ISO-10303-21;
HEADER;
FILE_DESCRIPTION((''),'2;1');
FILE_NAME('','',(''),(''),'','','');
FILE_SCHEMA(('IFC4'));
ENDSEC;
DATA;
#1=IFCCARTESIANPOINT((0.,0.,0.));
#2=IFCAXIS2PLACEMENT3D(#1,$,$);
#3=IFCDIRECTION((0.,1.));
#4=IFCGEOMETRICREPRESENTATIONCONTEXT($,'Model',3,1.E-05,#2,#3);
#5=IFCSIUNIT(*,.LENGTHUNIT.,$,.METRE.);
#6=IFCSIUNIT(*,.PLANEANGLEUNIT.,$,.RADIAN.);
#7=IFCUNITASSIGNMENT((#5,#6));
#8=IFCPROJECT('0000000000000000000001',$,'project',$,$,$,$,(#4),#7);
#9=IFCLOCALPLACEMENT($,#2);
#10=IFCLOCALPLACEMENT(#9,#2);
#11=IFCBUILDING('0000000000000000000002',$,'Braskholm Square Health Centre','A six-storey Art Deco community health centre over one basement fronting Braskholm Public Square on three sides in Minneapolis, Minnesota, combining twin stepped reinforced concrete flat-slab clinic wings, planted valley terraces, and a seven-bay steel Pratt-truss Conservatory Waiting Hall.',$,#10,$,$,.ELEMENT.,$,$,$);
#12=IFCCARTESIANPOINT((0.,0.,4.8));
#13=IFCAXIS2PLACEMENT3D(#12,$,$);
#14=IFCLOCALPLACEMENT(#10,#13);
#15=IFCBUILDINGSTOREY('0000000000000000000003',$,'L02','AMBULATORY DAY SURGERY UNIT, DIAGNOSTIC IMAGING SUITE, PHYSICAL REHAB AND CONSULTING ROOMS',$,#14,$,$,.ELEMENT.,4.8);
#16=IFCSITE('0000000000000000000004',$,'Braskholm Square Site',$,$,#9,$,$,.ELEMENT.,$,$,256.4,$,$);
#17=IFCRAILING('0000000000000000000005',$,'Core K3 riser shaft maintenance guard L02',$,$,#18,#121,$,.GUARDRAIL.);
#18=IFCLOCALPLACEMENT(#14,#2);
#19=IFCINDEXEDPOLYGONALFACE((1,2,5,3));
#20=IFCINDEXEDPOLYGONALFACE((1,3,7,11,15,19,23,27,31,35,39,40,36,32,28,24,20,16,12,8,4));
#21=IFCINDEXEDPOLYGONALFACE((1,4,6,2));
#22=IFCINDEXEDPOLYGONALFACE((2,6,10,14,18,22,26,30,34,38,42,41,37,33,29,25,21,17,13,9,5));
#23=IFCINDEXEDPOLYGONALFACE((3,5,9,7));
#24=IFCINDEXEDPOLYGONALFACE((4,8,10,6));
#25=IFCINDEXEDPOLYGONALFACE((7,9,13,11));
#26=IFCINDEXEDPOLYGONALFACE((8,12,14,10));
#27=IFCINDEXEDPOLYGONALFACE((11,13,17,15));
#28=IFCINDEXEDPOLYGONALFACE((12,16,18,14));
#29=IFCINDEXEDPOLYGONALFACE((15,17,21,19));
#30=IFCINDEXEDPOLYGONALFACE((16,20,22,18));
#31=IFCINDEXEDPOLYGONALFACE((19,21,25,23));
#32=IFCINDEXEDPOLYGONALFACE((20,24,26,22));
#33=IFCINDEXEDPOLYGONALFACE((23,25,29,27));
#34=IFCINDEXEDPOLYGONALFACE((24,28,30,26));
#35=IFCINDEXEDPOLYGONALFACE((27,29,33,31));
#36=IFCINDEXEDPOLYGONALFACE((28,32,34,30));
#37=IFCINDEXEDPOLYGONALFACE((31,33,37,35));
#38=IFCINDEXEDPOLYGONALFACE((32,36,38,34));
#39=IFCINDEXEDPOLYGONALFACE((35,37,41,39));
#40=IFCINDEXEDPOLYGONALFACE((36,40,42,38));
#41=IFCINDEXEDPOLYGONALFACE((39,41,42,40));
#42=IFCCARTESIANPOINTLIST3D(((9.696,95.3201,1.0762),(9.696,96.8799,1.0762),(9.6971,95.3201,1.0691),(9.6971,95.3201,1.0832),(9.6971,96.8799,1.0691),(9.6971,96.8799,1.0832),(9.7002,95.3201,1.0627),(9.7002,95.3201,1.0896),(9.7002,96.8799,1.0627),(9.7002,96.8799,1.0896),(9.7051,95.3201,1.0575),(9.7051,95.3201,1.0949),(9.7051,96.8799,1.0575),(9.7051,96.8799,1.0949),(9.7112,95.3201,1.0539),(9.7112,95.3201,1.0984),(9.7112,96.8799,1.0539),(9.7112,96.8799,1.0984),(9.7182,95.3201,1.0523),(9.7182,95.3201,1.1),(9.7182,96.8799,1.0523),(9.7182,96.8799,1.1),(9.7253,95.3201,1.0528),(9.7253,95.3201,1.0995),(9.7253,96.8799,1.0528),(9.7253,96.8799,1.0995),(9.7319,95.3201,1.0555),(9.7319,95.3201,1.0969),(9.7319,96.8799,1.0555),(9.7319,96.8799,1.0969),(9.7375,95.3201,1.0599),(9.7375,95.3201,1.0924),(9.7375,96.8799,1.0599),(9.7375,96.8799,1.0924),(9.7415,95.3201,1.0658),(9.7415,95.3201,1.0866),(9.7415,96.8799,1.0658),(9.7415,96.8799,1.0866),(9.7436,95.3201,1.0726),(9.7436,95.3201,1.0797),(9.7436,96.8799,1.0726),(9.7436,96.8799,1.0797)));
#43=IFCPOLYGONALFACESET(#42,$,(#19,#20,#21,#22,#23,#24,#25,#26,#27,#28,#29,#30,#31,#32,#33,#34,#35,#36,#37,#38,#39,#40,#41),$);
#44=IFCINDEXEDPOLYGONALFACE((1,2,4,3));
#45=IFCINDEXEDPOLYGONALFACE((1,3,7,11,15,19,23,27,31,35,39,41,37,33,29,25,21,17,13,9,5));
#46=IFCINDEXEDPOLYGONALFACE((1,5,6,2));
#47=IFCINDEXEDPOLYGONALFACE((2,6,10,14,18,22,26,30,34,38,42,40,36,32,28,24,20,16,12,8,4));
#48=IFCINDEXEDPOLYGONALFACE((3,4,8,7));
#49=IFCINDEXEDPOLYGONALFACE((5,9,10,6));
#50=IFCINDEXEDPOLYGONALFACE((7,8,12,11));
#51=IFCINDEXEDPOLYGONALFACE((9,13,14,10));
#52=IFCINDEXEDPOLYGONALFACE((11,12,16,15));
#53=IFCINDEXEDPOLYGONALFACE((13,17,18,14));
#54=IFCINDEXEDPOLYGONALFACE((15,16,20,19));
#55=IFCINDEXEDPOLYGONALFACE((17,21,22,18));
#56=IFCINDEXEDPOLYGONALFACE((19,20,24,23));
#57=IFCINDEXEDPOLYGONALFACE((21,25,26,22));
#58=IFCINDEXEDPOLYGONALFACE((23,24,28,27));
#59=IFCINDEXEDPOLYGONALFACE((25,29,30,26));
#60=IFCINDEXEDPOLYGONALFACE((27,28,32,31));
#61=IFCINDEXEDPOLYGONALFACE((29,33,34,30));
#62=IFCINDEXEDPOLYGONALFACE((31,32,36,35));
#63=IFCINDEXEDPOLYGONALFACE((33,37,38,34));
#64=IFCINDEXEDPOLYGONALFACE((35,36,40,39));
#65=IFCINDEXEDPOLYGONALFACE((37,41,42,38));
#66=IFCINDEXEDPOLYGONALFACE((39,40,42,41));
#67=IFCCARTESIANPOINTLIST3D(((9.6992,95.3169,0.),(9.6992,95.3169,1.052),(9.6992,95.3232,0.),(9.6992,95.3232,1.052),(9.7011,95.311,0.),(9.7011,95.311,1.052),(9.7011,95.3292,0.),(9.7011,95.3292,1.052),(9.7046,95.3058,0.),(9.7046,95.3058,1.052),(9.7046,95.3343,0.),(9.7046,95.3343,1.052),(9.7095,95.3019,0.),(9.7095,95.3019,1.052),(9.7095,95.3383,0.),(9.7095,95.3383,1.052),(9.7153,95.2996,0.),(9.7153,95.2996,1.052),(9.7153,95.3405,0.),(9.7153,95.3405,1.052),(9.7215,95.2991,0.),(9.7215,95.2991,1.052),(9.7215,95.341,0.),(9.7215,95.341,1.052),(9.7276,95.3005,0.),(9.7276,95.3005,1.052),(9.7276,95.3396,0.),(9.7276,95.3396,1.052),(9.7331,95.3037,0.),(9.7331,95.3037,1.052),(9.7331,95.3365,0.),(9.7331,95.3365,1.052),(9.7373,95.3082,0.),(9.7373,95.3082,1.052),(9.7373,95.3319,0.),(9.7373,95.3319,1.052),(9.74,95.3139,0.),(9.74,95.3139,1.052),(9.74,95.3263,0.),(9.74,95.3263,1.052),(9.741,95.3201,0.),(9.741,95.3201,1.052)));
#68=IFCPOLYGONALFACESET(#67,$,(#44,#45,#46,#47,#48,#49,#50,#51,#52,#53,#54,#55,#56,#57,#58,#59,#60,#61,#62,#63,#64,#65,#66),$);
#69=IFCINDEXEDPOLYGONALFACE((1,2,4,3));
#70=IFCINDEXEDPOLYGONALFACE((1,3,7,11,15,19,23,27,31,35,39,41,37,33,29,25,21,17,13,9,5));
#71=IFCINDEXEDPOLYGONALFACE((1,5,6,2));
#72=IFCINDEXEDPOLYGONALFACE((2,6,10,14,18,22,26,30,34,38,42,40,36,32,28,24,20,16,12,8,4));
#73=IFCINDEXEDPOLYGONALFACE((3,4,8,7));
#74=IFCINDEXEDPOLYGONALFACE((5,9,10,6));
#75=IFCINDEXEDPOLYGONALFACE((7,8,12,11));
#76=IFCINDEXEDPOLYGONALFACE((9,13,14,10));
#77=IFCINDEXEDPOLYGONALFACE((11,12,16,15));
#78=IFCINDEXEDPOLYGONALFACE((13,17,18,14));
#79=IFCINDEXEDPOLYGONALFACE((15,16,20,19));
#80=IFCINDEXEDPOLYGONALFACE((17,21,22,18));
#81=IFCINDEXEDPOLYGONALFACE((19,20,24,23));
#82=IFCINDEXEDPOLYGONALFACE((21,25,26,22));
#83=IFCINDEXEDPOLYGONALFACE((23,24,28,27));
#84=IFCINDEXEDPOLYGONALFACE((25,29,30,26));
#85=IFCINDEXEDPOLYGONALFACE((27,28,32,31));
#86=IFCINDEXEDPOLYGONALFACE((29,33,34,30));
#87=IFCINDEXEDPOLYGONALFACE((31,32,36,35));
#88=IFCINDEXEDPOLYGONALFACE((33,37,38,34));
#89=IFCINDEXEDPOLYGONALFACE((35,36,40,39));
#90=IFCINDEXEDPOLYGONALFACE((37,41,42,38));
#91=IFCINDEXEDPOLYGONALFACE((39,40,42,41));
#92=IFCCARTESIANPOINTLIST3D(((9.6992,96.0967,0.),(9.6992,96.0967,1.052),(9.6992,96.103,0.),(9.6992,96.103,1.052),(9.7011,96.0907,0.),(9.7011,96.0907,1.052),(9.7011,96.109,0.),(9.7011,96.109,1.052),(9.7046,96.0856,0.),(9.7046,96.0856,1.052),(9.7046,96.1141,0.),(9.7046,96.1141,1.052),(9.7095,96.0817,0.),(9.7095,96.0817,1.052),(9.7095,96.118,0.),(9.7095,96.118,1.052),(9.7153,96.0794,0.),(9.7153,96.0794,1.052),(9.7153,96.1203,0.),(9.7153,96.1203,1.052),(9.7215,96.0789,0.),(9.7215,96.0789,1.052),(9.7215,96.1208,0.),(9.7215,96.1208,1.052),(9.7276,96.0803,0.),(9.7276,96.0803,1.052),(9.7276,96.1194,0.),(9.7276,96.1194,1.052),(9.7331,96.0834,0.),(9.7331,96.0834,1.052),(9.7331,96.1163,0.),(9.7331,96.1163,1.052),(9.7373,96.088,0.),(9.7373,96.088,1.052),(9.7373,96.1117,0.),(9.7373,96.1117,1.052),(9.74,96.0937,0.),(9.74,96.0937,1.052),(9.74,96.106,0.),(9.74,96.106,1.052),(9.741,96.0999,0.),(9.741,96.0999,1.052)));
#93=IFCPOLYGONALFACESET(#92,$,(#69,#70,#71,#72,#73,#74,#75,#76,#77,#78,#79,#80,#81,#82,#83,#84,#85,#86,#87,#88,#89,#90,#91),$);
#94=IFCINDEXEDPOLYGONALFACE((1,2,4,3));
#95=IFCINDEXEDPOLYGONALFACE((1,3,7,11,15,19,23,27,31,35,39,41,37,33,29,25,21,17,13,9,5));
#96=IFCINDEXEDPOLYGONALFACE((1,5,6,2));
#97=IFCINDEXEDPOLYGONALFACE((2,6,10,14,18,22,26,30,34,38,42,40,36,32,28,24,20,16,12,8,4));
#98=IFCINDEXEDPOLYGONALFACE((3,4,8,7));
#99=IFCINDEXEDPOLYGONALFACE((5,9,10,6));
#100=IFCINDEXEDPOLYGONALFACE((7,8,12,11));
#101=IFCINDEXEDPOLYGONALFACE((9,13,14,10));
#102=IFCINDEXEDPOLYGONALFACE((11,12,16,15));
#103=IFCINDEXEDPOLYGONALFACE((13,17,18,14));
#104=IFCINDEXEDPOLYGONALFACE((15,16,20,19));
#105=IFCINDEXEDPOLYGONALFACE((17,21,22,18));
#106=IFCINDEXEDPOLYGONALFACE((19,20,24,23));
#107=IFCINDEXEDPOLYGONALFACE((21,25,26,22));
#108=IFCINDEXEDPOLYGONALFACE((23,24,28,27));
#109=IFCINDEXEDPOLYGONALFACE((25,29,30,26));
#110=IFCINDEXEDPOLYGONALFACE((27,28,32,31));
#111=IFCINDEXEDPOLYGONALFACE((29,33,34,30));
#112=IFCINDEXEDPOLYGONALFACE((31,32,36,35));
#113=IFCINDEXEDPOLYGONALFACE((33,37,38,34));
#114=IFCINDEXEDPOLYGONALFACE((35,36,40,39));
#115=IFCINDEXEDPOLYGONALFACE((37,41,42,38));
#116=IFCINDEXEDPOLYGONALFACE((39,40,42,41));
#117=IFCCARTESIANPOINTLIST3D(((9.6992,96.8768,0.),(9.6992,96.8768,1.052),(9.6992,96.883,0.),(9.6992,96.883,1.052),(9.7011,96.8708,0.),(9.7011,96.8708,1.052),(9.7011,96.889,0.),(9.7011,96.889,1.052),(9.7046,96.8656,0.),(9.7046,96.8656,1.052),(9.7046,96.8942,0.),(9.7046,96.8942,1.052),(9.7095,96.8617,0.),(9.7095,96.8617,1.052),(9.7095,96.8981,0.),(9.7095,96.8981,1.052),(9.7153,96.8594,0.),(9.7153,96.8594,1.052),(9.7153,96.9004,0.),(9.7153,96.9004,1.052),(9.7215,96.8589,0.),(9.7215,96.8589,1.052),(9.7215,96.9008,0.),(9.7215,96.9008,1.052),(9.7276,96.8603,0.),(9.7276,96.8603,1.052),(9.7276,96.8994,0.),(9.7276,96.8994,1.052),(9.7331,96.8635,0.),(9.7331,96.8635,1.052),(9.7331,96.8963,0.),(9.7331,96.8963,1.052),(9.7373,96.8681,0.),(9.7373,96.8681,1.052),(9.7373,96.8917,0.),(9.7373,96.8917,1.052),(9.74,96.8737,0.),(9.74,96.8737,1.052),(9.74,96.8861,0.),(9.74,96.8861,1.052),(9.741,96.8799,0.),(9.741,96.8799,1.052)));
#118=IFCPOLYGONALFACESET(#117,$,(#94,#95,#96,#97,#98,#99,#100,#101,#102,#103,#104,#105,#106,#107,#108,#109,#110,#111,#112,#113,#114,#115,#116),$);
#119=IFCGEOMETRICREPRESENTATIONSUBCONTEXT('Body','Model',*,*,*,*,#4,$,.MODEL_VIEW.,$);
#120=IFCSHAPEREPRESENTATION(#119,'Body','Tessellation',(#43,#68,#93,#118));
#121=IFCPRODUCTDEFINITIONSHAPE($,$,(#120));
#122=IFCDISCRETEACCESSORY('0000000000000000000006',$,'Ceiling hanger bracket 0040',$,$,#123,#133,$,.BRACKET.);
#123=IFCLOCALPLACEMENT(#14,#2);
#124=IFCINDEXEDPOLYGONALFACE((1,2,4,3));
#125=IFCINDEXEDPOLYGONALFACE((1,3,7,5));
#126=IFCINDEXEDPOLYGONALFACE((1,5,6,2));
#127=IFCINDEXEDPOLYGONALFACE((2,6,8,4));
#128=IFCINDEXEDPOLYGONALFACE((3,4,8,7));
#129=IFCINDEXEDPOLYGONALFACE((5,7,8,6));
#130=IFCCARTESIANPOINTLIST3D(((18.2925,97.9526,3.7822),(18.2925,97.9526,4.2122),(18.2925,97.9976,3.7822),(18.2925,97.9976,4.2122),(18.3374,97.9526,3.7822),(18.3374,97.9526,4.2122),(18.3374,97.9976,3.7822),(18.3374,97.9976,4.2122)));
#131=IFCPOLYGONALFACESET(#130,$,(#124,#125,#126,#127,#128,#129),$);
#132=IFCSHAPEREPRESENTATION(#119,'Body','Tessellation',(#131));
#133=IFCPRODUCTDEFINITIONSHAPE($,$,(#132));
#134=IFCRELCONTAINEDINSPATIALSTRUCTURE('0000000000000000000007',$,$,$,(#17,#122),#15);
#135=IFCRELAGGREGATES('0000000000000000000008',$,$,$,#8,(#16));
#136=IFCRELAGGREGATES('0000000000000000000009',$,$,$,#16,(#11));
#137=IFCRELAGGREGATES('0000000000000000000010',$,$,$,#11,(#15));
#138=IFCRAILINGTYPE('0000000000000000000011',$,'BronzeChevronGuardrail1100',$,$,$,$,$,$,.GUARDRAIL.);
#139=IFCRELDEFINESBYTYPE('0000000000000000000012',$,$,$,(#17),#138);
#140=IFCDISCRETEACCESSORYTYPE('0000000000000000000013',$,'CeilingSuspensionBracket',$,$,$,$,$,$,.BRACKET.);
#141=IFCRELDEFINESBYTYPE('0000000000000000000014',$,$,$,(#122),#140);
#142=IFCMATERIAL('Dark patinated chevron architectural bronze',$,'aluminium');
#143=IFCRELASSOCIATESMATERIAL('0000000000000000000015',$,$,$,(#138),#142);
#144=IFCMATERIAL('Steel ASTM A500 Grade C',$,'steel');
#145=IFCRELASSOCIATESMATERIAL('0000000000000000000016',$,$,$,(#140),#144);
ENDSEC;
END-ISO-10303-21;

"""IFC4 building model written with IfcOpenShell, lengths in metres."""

from ifc_helpers import new_model, si_unit, direction, frame, origin, origin_2d, place, context, subcontext, project, spatial, rectangle, circle, extrude, material, type_object, element, save


model = new_model("IFC4")

# Units and contexts
model_context = context("Model", 3, precision=1e-05, world=origin(), true_north=direction((0.0, 1.0)))
body_context = subcontext(model_context, "Body", "Model", "MODEL_VIEW")
ifc_project = project(units=[si_unit("LENGTHUNIT", "METRE"), si_unit("PLANEANGLEUNIT", "RADIAN")], contexts=[model_context])

# Site, building, storey
site_placement = place(None, origin())
site = spatial("IfcSite", under=ifc_project, at=site_placement, Name="Braskholm Square Site", CompositionType="ELEMENT", RefElevation=256.4)
building_placement = place(site_placement, origin())
building = spatial("IfcBuilding", under=site, at=building_placement, Name="Braskholm Square Health Centre", Description="A six-storey Art Deco community health centre over one basement fronting Braskholm Public Square on three sides in Minneapolis, Minnesota, combining twin stepped reinforced concrete flat-slab clinic wings, planted valley terraces, and a seven-bay steel Pratt-truss Conservatory Waiting Hall.", CompositionType="ELEMENT")
storey_placement = place(building_placement, frame((0.0, 0.0, 4.8)))
storey = spatial("IfcBuildingStorey", under=building, at=storey_placement, Name="L02", Description="AMBULATORY DAY SURGERY UNIT, DIAGNOSTIC IMAGING SUITE, PHYSICAL REHAB AND CONSULTING ROOMS", CompositionType="ELEMENT", Elevation=4.8)

# Railing
ifc_material_1 = material(Name="Dark patinated chevron architectural bronze", Category="aluminium")
railing_type = type_object("IfcRailingType", Name="BronzeChevronGuardrail1100", PredefinedType="GUARDRAIL", material=ifc_material_1)
railing_placement = place(storey_placement, frame((9.72, 95.3201, 0.0)))
element("IfcRailing", 1, at=railing_placement, inside=storey, type_object=railing_type, Name="Core K3 riser shaft maintenance guard L02", PredefinedType="GUARDRAIL", context=body_context, shape_type="SweptSolid", body=[
    extrude(circle(Radius=0.0239, at=origin_2d()), frame((0.0, 0.0, 1.0762), z_axis=(0.0, 1.0, 0.0), x_axis=(-1.0, 0.0, 0.0)), (0.0, 0.0, 1.0), 1.5598),
    extrude(circle(Radius=0.021, at=origin_2d()), origin(), (0.0, 0.0, 1.0), 1.052),
    extrude(circle(Radius=0.021, at=origin_2d()), frame((0.0, 0.7798, 0.0)), (0.0, 0.0, 1.0), 1.052),
    extrude(circle(Radius=0.021, at=origin_2d()), frame((0.0, 1.5598, 0.0)), (0.0, 0.0, 1.0), 1.052),
])

# Discrete accessory
ifc_material_2 = material(Name="Steel ASTM A500 Grade C", Category="steel")
discrete_accessory_type = type_object("IfcDiscreteAccessoryType", Name="CeilingSuspensionBracket", PredefinedType="BRACKET", material=ifc_material_2)
discrete_accessory_placement = place(storey_placement, frame((18.3149, 97.9751, 3.7822), z_axis=(0.0, 0.0, 1.0), x_axis=(1.0, 0.0, 0.0)))
element("IfcDiscreteAccessory", 2, at=discrete_accessory_placement, inside=storey, type_object=discrete_accessory_type, Name="Ceiling hanger bracket 0040", PredefinedType="BRACKET", context=body_context, shape_type="SweptSolid", body=[
    extrude(rectangle(XDim=0.0449, YDim=0.0449, at=origin_2d()), origin(), (0.0, 0.0, 1.0), 0.4299),
])

save(model, "model.ifc")
